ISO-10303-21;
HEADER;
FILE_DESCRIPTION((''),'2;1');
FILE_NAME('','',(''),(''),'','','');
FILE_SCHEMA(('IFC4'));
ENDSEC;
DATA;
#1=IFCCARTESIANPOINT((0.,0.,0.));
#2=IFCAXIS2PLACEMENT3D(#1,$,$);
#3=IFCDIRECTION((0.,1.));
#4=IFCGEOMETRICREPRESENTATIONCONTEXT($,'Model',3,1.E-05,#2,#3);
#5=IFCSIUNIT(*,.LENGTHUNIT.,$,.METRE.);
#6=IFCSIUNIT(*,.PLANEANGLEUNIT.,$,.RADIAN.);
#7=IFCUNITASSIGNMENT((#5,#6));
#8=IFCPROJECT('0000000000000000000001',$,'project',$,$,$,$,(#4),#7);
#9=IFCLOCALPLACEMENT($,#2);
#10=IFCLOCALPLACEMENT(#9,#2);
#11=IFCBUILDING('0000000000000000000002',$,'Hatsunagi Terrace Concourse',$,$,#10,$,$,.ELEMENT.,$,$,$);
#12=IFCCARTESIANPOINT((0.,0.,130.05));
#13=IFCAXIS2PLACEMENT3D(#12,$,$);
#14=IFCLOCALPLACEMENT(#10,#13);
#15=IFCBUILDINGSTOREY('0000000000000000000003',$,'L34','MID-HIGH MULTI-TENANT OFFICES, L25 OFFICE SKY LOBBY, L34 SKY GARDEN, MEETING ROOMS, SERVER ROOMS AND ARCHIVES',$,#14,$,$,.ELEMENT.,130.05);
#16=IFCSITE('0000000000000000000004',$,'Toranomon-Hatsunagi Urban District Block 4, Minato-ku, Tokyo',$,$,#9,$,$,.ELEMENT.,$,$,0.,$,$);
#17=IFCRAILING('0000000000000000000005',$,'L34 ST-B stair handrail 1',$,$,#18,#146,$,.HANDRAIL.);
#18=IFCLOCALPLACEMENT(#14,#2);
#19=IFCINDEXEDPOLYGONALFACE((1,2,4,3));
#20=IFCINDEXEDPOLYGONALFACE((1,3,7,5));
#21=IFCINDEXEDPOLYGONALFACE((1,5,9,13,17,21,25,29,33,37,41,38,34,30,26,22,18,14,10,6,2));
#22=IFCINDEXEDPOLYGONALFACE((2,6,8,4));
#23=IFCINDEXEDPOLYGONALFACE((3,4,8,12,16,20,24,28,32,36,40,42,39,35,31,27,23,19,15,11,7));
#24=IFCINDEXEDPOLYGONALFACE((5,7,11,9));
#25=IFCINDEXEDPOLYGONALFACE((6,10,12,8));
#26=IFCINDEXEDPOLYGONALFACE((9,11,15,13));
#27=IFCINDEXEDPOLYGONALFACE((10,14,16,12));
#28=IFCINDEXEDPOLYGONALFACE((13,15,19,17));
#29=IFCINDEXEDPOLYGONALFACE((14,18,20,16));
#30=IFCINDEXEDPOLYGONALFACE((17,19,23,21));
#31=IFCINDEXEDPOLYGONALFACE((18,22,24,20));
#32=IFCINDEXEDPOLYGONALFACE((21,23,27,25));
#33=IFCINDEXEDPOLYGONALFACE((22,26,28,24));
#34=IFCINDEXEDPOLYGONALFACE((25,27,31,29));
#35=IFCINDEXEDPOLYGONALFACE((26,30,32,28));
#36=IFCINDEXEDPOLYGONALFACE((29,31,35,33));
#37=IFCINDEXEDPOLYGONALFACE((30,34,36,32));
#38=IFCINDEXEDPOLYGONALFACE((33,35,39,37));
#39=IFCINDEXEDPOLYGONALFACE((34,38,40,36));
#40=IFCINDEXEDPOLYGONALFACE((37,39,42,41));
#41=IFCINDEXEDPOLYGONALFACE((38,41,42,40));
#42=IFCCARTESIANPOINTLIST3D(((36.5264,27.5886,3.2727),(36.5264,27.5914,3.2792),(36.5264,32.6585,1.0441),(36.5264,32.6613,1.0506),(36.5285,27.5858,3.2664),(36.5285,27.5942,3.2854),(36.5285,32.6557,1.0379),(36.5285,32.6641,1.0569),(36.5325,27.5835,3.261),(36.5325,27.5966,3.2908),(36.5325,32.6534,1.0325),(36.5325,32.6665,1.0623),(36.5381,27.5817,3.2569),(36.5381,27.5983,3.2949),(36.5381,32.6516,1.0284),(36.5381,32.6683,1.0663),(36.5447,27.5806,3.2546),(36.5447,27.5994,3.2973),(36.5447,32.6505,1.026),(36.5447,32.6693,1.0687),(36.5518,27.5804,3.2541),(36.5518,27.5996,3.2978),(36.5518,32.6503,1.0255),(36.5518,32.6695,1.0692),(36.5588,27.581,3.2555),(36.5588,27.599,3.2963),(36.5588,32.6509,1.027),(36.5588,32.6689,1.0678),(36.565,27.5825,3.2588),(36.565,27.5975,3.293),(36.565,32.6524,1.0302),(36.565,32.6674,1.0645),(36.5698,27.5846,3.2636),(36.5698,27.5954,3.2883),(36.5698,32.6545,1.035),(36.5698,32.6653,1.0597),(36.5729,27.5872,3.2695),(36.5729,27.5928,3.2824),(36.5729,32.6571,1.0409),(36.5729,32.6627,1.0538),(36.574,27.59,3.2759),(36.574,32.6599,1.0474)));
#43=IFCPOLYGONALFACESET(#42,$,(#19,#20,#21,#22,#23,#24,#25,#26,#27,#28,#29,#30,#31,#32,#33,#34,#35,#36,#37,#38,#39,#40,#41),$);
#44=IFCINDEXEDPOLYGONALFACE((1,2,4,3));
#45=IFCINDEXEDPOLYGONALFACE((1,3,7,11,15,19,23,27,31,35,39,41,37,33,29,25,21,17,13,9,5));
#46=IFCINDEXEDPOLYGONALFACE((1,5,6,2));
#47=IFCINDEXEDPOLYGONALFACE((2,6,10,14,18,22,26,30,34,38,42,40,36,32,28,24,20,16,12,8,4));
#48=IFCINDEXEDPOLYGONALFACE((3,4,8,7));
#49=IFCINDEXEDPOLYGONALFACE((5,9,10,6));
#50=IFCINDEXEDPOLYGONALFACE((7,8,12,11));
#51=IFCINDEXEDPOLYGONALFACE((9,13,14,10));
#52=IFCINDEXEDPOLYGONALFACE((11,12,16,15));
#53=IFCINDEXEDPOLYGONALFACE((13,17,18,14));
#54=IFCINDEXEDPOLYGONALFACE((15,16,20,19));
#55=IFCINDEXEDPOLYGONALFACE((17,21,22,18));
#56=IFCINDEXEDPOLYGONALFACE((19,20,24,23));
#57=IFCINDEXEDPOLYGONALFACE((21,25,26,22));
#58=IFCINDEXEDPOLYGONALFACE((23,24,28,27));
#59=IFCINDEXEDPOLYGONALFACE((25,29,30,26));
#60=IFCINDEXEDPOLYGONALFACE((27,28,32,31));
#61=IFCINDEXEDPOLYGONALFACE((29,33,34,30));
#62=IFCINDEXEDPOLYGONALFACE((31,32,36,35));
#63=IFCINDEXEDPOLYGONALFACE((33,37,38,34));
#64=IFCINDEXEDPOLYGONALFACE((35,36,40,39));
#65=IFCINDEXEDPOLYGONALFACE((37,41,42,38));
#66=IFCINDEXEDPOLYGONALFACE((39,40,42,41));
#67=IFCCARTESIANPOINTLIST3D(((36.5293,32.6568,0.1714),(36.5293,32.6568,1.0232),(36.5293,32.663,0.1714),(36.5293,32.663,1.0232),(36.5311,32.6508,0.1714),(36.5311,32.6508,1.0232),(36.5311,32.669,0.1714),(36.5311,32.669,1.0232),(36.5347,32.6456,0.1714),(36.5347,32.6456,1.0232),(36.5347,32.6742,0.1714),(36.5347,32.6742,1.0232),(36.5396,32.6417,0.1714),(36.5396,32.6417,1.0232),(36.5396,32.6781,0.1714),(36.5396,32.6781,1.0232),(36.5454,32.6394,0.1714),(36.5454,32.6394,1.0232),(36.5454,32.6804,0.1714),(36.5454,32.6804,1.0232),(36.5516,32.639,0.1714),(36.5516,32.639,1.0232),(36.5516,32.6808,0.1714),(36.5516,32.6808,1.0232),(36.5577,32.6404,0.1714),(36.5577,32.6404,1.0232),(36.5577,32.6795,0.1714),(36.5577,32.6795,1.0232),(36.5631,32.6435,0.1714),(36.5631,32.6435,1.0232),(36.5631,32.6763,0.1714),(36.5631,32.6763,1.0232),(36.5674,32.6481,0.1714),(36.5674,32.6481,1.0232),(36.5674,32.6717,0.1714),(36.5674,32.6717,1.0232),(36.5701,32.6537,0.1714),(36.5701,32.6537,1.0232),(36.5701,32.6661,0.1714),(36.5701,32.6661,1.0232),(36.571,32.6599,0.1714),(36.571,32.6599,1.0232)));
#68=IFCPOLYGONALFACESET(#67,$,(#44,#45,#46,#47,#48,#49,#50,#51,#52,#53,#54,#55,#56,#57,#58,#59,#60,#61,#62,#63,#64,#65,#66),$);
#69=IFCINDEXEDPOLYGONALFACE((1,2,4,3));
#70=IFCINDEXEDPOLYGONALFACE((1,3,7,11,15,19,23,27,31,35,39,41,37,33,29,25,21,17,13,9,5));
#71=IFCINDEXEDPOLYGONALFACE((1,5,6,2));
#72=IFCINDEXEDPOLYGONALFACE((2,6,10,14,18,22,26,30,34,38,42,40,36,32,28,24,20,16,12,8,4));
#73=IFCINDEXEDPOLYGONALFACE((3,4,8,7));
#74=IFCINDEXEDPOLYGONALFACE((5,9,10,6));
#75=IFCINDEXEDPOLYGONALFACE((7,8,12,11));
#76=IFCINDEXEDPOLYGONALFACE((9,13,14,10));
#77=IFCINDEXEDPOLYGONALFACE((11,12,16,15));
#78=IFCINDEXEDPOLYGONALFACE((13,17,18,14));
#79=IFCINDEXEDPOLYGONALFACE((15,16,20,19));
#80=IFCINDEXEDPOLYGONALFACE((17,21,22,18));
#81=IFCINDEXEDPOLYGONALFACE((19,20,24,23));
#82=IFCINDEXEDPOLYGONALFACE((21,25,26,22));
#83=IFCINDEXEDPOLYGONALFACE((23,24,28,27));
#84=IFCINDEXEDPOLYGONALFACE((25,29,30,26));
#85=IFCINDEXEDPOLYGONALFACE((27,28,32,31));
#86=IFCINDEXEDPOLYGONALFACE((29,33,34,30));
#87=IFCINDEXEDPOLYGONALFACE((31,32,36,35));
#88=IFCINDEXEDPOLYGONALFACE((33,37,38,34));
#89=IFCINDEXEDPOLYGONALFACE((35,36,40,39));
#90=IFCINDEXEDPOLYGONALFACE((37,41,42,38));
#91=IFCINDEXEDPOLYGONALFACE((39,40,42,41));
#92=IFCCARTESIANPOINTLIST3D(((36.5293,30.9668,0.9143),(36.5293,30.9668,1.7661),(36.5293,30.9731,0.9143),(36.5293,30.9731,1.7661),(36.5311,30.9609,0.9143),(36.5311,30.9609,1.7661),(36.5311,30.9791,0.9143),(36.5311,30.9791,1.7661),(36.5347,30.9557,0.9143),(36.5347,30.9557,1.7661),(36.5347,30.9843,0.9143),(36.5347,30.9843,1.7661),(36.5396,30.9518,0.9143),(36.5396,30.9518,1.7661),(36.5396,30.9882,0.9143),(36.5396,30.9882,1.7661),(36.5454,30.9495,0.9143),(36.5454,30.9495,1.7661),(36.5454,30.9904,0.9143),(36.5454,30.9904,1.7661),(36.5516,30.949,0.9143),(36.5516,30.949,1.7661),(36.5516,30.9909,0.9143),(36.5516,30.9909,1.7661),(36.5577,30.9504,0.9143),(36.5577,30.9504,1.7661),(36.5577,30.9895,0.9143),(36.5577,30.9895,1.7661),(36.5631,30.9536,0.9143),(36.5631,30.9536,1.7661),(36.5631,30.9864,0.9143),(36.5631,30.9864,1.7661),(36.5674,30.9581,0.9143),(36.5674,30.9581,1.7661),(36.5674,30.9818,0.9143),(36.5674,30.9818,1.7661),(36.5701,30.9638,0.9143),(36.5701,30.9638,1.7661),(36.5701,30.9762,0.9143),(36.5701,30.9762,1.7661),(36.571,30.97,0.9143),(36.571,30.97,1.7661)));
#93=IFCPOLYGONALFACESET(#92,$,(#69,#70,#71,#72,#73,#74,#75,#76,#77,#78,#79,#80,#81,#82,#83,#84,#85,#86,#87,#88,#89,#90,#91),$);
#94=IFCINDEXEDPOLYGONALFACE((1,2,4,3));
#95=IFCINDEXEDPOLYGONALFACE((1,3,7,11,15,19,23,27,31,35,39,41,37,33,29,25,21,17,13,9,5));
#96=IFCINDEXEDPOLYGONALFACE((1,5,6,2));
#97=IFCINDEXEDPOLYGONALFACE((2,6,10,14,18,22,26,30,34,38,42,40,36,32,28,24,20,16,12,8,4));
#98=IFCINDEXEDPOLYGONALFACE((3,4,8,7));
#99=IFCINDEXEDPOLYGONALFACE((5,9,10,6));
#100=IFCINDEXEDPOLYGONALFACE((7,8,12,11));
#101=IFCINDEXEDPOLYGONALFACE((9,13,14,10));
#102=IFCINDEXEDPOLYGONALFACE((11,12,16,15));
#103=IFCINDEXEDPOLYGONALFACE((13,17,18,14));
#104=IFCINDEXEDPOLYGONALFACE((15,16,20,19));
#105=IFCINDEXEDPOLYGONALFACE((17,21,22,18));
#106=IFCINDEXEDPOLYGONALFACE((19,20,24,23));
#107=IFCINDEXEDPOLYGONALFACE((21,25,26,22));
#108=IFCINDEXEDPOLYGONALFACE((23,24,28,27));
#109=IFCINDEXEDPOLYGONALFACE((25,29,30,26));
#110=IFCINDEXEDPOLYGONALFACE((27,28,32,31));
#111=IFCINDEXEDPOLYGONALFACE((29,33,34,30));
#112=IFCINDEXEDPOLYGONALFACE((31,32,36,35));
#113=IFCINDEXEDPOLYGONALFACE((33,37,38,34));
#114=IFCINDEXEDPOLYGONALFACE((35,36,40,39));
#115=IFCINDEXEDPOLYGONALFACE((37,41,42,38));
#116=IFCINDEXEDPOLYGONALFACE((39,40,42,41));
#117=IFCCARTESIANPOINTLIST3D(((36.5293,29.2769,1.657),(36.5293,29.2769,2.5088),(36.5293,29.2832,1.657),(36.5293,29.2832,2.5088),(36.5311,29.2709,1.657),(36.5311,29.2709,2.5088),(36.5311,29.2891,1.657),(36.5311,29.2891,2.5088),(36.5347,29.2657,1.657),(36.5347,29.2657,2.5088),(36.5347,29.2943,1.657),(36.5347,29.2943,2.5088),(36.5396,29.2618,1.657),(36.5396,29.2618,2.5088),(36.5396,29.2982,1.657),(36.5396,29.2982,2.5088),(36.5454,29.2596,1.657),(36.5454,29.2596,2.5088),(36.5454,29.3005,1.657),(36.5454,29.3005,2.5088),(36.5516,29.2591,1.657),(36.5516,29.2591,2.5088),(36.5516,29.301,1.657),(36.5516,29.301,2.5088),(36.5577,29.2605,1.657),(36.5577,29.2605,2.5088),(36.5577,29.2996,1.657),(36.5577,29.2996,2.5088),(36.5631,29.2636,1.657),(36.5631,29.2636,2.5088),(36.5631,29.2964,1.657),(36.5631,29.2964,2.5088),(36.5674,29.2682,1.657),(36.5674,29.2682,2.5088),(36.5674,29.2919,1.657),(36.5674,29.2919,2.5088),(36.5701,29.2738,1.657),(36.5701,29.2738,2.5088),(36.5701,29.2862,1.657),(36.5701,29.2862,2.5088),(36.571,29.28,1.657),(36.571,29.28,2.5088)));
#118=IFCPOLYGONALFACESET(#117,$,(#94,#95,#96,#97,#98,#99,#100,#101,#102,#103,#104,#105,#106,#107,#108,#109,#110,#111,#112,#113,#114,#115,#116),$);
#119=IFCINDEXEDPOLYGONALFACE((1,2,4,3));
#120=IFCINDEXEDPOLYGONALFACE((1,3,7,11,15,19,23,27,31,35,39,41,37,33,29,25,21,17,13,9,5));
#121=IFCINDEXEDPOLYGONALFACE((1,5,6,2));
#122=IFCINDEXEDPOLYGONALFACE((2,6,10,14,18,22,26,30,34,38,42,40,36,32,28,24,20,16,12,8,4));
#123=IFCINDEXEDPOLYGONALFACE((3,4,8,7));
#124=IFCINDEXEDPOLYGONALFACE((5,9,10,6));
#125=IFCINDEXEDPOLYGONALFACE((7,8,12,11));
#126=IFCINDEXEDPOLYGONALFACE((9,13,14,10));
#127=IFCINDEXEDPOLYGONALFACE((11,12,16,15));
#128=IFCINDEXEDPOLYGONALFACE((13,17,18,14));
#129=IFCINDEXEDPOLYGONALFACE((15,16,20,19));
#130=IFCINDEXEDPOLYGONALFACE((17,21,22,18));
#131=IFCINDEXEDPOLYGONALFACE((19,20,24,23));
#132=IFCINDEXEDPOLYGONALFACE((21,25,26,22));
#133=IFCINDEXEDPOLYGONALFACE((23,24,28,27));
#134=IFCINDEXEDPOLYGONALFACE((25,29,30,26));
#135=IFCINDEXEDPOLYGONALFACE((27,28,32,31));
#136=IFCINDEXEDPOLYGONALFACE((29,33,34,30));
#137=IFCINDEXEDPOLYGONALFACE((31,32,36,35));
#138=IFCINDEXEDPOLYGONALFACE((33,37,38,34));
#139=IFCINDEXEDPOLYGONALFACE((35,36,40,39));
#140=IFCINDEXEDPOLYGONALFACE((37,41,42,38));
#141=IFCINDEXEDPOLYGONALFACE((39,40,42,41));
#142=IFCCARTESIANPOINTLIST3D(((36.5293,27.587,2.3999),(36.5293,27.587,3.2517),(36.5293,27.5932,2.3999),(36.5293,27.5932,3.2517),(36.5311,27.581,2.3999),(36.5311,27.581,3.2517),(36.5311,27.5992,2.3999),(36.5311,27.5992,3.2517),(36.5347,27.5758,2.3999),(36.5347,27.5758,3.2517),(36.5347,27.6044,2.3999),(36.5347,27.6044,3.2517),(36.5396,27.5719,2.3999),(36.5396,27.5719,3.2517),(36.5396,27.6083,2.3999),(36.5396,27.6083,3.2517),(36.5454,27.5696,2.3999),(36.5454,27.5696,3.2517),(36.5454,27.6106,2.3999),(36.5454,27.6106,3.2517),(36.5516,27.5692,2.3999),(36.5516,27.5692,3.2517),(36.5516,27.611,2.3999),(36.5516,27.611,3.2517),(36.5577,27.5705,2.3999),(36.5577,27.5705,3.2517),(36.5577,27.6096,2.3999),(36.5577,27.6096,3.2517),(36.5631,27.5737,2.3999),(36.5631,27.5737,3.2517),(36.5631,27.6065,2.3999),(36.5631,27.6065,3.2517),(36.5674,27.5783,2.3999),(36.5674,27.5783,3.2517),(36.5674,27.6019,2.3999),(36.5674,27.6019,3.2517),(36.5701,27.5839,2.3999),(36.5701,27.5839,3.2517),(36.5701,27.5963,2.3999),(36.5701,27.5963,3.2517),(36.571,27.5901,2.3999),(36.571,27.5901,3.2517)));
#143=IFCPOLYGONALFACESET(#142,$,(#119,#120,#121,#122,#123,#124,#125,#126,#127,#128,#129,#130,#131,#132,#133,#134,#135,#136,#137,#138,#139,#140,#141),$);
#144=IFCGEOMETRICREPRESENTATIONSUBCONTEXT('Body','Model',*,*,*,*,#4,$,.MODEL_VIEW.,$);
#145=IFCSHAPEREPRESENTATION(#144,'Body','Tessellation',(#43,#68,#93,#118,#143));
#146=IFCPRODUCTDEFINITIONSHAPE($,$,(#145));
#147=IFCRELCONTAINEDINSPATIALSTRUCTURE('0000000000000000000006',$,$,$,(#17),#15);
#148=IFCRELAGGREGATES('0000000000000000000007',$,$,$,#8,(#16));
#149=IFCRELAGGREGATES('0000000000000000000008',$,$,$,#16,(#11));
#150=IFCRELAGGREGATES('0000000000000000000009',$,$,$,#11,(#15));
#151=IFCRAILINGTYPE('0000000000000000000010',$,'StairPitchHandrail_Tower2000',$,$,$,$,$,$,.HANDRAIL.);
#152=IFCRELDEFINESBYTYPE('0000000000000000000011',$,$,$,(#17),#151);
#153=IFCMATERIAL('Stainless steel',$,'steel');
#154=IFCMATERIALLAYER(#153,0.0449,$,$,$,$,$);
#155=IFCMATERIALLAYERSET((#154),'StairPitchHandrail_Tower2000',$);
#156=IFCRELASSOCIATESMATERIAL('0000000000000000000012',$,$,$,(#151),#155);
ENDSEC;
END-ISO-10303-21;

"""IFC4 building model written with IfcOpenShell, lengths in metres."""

from ifc_helpers import new_model, si_unit, direction, frame, origin, origin_2d, place, context, subcontext, project, spatial, circle, extrude, material, layer, layer_set, type_object, element, save


model = new_model("IFC4")

# Units and contexts
model_context = context("Model", 3, precision=1e-05, world=origin(), true_north=direction((0.0, 1.0)))
body_context = subcontext(model_context, "Body", "Model", "MODEL_VIEW")
ifc_project = project(units=[si_unit("LENGTHUNIT", "METRE"), si_unit("PLANEANGLEUNIT", "RADIAN")], contexts=[model_context])

# Site, building, storey
site_placement = place(None, origin())
site = spatial("IfcSite", under=ifc_project, at=site_placement, Name="Toranomon-Hatsunagi Urban District Block 4, Minato-ku, Tokyo", CompositionType="ELEMENT", RefElevation=0.0)
building_placement = place(site_placement, origin())
building = spatial("IfcBuilding", under=site, at=building_placement, Name="Hatsunagi Terrace Concourse", CompositionType="ELEMENT")
storey_placement = place(building_placement, frame((0.0, 0.0, 130.05)))
storey = spatial("IfcBuildingStorey", under=building, at=storey_placement, Name="L34", Description="MID-HIGH MULTI-TENANT OFFICES, L25 OFFICE SKY LOBBY, L34 SKY GARDEN, MEETING ROOMS, SERVER ROOMS AND ARCHIVES", CompositionType="ELEMENT", Elevation=130.05)

# Railing
ifc_material_1 = material(Name="Stainless steel", Category="steel")
ifc_layer_1 = layer(ifc_material_1, 0.0449)
ifc_layer_set_1 = layer_set([ifc_layer_1], Name="StairPitchHandrail_Tower2000")
railing_type_1 = type_object("IfcRailingType", Name="StairPitchHandrail_Tower2000", PredefinedType="HANDRAIL", material=ifc_layer_set_1)
railing_1_placement = place(storey_placement, frame((36.55, 32.6599, 0.1714)))
element("IfcRailing", 1, at=railing_1_placement, inside=storey, type_object=railing_type_1, Name="L34 ST-B stair handrail 1", PredefinedType="HANDRAIL", context=body_context, shape_type="SweptSolid", body=[
    extrude(circle(Radius=0.0239, at=origin_2d()), frame((0.0, 0.0, 0.876), z_axis=(0.0, -0.915462, 0.402405), x_axis=(1.0, 0.0, 0.0)), (0.0, 0.0, 1.0), 5.5381),
    extrude(circle(Radius=0.021, at=origin_2d()), origin(), (0.0, 0.0, 1.0), 0.8518),
    extrude(circle(Radius=0.021, at=origin_2d()), frame((0.0, -1.6899, 0.7429)), (0.0, 0.0, 1.0), 0.8518),
    extrude(circle(Radius=0.021, at=origin_2d()), frame((0.0, -3.3799, 1.4856)), (0.0, 0.0, 1.0), 0.8518),
    extrude(circle(Radius=0.021, at=origin_2d()), frame((0.0, -5.0698, 2.2285)), (0.0, 0.0, 1.0), 0.8518),
])

save(model, "model.ifc")
